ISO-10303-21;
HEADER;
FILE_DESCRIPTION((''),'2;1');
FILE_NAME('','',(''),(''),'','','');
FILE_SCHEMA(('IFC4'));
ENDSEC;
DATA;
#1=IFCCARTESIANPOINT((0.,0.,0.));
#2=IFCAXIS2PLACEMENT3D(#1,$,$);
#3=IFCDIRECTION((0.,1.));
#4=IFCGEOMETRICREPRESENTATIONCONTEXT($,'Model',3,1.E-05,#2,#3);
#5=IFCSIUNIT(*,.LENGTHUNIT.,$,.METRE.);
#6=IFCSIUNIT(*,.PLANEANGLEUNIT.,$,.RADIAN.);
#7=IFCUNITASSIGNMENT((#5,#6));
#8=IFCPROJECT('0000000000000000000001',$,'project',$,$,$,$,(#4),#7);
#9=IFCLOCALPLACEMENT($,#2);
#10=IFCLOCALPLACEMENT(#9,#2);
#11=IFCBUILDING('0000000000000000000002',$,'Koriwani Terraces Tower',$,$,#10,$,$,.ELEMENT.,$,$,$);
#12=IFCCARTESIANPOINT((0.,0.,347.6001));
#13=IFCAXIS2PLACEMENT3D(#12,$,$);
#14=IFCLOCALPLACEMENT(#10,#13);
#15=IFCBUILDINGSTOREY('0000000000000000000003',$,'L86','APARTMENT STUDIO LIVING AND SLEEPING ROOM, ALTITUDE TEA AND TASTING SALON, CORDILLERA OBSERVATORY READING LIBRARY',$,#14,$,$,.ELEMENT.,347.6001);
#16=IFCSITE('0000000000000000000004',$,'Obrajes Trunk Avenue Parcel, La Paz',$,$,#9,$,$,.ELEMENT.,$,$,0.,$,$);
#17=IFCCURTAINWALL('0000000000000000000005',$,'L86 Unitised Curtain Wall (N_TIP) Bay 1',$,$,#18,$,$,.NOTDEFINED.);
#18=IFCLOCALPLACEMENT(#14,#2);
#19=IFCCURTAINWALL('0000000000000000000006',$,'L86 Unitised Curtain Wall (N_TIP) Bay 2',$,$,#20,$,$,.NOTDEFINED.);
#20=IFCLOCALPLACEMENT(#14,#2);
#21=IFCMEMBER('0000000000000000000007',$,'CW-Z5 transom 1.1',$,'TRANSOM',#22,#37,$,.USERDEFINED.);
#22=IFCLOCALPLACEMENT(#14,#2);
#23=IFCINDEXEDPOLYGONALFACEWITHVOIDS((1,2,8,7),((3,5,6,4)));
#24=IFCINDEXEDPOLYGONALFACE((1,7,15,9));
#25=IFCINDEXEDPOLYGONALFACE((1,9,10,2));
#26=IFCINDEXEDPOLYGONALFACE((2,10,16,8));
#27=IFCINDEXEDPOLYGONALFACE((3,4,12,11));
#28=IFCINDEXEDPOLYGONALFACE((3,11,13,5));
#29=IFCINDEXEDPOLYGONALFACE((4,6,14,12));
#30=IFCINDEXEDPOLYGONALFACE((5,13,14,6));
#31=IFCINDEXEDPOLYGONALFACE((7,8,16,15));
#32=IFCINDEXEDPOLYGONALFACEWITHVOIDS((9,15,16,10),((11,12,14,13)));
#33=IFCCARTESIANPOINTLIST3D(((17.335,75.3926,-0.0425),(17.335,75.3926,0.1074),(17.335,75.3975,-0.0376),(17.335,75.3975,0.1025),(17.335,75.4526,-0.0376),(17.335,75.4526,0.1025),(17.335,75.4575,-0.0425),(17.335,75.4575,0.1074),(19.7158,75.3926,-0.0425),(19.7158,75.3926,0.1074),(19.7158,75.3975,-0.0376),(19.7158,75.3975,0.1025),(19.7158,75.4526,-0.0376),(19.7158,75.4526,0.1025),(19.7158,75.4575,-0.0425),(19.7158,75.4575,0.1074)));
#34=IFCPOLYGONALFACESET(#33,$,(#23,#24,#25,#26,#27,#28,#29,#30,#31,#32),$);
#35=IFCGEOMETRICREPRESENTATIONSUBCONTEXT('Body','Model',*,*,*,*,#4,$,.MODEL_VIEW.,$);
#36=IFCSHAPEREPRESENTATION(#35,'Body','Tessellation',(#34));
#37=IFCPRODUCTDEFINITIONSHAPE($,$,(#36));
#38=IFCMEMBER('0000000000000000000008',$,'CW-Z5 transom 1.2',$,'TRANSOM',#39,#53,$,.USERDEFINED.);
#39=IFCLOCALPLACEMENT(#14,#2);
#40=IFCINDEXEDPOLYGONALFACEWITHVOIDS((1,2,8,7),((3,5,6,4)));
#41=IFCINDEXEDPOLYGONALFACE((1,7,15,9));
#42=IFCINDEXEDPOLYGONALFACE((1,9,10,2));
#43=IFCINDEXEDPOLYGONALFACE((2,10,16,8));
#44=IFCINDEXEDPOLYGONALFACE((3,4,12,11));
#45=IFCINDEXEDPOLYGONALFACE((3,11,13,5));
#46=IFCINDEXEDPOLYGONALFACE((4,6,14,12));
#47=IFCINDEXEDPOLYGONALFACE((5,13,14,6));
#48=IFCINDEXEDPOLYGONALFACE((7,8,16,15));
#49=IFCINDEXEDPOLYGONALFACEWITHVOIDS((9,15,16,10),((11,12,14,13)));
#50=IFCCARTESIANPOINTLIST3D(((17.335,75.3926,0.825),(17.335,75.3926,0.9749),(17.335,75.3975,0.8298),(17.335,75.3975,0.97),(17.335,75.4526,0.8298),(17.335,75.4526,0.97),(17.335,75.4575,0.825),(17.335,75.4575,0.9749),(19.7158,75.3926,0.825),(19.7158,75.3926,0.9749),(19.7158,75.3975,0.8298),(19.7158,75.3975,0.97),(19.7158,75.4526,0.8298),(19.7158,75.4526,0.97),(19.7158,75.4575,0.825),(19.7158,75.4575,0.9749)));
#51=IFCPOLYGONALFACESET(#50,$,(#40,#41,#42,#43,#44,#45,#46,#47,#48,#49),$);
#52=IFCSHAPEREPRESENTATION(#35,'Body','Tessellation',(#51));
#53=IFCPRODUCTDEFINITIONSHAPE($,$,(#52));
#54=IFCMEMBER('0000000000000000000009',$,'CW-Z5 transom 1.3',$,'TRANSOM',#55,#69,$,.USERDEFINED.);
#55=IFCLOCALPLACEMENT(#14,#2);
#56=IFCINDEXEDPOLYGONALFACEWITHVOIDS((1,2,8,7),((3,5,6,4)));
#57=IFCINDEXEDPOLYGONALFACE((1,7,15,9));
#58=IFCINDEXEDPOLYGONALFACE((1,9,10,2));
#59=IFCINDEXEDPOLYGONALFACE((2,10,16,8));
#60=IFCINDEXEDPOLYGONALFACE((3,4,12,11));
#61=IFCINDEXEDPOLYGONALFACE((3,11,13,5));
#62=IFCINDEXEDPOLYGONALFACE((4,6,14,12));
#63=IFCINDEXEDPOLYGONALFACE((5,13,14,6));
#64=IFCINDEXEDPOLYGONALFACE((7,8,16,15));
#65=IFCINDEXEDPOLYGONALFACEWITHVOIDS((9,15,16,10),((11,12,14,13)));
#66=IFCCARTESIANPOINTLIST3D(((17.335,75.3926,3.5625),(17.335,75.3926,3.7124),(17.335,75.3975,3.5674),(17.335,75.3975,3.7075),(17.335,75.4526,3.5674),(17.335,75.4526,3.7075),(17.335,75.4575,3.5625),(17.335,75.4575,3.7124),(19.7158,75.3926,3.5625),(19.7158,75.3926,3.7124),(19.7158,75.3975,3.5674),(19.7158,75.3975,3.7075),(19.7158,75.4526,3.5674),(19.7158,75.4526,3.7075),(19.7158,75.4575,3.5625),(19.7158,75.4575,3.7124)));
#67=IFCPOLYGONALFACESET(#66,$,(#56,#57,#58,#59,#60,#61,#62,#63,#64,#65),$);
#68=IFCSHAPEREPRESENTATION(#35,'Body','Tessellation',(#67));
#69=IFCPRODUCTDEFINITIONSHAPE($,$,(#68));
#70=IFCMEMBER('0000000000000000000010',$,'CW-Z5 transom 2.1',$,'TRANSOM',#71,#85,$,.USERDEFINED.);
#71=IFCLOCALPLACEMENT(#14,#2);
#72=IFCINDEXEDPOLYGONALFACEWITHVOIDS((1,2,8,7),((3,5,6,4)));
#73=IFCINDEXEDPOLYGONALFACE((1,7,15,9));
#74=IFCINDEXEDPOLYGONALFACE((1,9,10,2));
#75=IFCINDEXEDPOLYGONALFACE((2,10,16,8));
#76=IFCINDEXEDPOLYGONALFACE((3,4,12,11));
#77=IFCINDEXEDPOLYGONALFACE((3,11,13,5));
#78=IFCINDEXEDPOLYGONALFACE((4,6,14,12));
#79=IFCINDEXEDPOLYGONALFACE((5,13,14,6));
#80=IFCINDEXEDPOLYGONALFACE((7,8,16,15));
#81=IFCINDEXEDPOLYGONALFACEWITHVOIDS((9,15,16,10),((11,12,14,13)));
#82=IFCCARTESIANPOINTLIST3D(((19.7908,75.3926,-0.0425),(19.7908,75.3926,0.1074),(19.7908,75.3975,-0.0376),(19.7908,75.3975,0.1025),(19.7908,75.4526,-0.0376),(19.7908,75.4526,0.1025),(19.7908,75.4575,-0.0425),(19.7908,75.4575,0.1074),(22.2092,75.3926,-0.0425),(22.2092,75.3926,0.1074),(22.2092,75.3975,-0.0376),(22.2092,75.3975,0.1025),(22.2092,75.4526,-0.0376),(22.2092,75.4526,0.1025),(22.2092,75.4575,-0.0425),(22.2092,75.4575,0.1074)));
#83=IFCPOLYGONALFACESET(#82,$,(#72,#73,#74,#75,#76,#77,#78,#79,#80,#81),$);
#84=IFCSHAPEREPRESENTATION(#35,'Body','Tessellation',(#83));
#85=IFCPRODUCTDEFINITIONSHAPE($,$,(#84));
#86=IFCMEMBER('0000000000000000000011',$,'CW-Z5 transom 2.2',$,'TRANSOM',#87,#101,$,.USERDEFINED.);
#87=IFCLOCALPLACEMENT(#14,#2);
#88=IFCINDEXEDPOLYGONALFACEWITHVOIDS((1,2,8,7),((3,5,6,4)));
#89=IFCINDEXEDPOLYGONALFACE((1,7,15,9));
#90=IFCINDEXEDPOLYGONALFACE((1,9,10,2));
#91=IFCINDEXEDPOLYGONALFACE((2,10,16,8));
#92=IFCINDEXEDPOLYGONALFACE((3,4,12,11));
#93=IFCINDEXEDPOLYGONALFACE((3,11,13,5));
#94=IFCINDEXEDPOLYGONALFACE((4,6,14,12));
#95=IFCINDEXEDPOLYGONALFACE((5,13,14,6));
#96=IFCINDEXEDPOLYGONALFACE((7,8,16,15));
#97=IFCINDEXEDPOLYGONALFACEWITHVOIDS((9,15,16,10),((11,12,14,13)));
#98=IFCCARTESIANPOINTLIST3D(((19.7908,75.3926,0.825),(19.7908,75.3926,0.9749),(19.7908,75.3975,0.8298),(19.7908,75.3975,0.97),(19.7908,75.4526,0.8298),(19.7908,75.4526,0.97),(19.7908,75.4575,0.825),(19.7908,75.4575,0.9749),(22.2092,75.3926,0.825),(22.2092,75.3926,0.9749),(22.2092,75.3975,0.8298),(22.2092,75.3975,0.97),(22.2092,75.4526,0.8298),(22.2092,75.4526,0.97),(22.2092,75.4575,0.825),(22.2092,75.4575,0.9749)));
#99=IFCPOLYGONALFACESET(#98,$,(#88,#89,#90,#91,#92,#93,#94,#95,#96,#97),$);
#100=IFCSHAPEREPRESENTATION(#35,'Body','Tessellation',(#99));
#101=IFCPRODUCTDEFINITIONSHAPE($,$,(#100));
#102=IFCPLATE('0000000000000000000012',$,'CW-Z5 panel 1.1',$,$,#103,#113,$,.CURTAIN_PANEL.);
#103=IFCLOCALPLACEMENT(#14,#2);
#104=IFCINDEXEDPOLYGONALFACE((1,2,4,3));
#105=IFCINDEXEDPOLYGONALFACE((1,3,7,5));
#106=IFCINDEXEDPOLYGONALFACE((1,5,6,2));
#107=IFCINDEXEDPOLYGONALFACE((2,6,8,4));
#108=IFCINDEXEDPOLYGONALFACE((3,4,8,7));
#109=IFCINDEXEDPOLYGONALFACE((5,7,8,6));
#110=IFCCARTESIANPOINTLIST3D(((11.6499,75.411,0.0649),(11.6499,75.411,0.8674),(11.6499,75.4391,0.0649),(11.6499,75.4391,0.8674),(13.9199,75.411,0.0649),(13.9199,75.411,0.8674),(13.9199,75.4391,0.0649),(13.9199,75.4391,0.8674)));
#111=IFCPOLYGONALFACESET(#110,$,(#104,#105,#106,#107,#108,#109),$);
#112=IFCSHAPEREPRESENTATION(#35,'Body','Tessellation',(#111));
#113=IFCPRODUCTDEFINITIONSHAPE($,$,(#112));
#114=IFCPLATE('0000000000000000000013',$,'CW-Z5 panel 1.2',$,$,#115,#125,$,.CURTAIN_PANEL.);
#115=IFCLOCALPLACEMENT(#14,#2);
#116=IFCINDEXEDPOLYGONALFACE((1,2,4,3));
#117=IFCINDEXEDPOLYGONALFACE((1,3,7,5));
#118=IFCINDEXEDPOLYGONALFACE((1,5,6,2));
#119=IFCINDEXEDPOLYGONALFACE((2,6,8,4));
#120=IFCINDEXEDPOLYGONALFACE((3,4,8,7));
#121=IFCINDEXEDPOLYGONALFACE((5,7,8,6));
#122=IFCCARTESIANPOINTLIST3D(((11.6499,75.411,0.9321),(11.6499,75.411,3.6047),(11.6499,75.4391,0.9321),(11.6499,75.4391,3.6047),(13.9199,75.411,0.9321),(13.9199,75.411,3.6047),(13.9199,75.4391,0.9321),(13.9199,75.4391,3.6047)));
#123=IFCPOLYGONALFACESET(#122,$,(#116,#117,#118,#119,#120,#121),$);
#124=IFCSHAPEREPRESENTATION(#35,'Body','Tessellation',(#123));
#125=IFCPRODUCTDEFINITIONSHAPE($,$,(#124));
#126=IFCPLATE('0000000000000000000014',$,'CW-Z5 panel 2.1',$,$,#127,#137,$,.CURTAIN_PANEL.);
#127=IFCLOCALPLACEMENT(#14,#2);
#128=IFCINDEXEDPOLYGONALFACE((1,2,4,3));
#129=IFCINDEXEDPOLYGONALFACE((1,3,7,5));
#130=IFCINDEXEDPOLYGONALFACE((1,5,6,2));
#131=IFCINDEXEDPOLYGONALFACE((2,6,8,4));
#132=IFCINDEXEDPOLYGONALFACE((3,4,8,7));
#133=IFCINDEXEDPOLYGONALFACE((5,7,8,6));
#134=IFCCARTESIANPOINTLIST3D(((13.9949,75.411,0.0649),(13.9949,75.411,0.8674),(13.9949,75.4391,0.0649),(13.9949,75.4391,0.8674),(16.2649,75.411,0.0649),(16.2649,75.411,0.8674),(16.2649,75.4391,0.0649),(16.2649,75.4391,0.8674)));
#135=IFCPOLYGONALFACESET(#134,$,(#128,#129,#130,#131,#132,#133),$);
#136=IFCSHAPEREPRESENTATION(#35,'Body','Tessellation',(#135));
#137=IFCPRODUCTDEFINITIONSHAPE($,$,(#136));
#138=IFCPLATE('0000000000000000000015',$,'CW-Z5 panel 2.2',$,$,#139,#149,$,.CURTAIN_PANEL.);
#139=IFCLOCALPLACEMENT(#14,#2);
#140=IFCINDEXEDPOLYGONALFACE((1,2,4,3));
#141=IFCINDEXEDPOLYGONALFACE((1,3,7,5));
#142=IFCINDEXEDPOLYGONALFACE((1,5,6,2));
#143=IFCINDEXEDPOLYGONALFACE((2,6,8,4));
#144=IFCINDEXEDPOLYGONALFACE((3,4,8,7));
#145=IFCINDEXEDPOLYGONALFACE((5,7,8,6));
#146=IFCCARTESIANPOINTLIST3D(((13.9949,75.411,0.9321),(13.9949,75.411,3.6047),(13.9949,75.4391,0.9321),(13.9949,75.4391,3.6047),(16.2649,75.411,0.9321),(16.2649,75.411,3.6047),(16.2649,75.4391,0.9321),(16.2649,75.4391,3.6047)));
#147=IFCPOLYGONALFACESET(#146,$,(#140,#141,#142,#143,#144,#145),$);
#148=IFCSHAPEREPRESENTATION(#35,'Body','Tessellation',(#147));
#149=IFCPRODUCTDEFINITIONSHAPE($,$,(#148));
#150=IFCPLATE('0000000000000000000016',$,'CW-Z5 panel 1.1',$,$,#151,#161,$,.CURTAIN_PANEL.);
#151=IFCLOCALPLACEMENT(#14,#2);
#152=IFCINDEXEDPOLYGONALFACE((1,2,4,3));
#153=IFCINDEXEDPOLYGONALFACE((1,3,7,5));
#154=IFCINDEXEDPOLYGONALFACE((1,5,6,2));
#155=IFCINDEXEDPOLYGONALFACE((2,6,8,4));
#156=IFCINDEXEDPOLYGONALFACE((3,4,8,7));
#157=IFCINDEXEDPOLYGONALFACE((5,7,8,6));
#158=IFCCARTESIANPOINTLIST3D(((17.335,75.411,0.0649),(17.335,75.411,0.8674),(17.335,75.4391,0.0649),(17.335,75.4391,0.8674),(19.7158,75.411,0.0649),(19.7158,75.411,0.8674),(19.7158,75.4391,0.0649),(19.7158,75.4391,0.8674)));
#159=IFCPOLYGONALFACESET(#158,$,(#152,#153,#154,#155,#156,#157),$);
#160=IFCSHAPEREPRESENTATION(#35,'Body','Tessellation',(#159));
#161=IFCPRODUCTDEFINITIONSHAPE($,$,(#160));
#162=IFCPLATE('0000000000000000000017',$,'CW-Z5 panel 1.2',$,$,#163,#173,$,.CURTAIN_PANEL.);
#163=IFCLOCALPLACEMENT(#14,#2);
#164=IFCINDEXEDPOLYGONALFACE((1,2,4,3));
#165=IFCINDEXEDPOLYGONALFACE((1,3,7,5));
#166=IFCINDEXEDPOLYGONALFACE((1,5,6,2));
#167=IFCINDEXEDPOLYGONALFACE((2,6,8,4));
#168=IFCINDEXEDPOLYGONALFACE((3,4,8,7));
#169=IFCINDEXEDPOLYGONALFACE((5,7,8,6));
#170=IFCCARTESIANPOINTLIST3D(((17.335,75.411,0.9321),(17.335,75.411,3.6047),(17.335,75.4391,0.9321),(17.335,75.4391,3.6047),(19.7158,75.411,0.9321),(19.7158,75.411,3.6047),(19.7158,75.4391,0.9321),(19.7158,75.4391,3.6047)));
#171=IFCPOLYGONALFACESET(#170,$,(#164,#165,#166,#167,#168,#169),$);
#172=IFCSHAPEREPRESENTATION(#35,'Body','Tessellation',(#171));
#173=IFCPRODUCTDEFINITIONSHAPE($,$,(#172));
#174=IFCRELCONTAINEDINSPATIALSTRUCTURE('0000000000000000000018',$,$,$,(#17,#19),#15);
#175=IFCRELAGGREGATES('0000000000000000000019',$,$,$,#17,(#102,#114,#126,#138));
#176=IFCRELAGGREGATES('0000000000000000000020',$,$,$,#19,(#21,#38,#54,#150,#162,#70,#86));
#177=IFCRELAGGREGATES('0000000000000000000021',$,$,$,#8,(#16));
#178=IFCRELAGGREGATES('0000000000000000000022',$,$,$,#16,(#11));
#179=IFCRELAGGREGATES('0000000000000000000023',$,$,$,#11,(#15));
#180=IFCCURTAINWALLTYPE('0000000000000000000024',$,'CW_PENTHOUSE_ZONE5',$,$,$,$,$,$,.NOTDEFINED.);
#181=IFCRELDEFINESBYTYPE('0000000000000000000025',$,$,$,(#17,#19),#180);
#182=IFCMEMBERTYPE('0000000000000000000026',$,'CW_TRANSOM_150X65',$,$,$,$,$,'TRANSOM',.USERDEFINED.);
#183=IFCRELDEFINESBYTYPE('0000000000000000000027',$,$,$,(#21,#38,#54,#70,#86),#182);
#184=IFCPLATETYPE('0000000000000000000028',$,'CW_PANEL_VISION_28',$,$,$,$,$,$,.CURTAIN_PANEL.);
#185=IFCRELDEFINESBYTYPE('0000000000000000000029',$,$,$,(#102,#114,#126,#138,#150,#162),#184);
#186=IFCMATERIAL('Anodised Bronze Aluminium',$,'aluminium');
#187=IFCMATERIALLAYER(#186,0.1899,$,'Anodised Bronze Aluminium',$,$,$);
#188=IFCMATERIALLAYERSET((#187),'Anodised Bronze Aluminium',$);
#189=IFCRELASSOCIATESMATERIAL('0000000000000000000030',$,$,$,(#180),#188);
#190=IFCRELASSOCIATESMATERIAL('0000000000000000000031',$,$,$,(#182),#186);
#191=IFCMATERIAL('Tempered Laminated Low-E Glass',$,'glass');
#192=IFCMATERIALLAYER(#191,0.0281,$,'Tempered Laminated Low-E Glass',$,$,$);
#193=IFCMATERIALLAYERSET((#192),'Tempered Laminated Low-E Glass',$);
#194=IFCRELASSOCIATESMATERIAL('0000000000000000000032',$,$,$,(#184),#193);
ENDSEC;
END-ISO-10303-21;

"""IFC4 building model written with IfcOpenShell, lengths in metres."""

from ifc_helpers import new_model, si_unit, direction, frame, origin, origin_2d, place, context, subcontext, project, spatial, rectangle, hollow_rectangle, extrude, material, layer, layer_set, material_profile, profile_set, type_object, element, aggregate, save


model = new_model("IFC4")

# Units and contexts
model_context = context("Model", 3, precision=1e-05, world=origin(), true_north=direction((0.0, 1.0)))
body_context = subcontext(model_context, "Body", "Model", "MODEL_VIEW")
ifc_project = project(units=[si_unit("LENGTHUNIT", "METRE"), si_unit("PLANEANGLEUNIT", "RADIAN")], contexts=[model_context])

# Site, building, storey
site_placement = place(None, origin())
site = spatial("IfcSite", under=ifc_project, at=site_placement, Name="Obrajes Trunk Avenue Parcel, La Paz", CompositionType="ELEMENT", RefElevation=0.0)
building_placement = place(site_placement, origin())
building = spatial("IfcBuilding", under=site, at=building_placement, Name="Koriwani Terraces Tower", CompositionType="ELEMENT")
storey_placement = place(building_placement, frame((0.0, 0.0, 347.6001)))
storey = spatial("IfcBuildingStorey", under=building, at=storey_placement, Name="L86", Description="APARTMENT STUDIO LIVING AND SLEEPING ROOM, ALTITUDE TEA AND TASTING SALON, CORDILLERA OBSERVATORY READING LIBRARY", CompositionType="ELEMENT", Elevation=347.6001)

# Curtain walls
ifc_material_1 = material(Name="Anodised Bronze Aluminium", Category="aluminium")
ifc_layer_1 = layer(ifc_material_1, 0.1899, Name="Anodised Bronze Aluminium")
ifc_layer_set_1 = layer_set([ifc_layer_1], Name="Anodised Bronze Aluminium")
curtain_wall_type = type_object("IfcCurtainWallType", Name="CW_PENTHOUSE_ZONE5", PredefinedType="NOTDEFINED", material=ifc_layer_set_1)
curtain_wall_1_placement = place(storey_placement, origin())
curtain_wall_1 = element("IfcCurtainWall", 1, at=curtain_wall_1_placement, inside=storey, type_object=curtain_wall_type, Name="L86 Unitised Curtain Wall (N_TIP) Bay 1", PredefinedType="NOTDEFINED")
curtain_wall_2_placement = place(storey_placement, origin())
curtain_wall_2 = element("IfcCurtainWall", 2, at=curtain_wall_2_placement, inside=storey, type_object=curtain_wall_type, Name="L86 Unitised Curtain Wall (N_TIP) Bay 2", PredefinedType="NOTDEFINED")

# Members
ifc_material_profile_1 = material_profile(ifc_material_1, hollow_rectangle(XDim=0.0649, YDim=0.1499, WallThickness=0.0049, at=origin_2d()), Name="Anodised Bronze Aluminium", Category="LoadBearing")
ifc_profile_set_1 = profile_set([ifc_material_profile_1], Name="Anodised Bronze Aluminium")
member_type_1 = type_object("IfcMemberType", Name="CW_TRANSOM_150X65", ElementType="TRANSOM", PredefinedType="USERDEFINED", material=ifc_profile_set_1)
member_1_placement = place(storey_placement, frame((17.335, 75.425, 0.0325), z_axis=(1.0, 0.0, 0.0), x_axis=(0.0, 1.0, 0.0)))
member_1 = element("IfcMember", 3, at=member_1_placement, type_object=member_type_1, Name="CW-Z5 transom 1.1", ObjectType="TRANSOM", PredefinedType="USERDEFINED", context=body_context, shape_type="SweptSolid", body=[
    extrude(hollow_rectangle(XDim=0.0649, YDim=0.1499, WallThickness=0.0049, at=origin_2d()), origin(), (0.0, 0.0, 1.0), 2.3809),
])
member_2_placement = place(storey_placement, frame((17.335, 75.425, 0.8999), z_axis=(1.0, 0.0, 0.0), x_axis=(0.0, 1.0, 0.0)))
member_2 = element("IfcMember", 4, at=member_2_placement, type_object=member_type_1, Name="CW-Z5 transom 1.2", ObjectType="TRANSOM", PredefinedType="USERDEFINED", context=body_context, shape_type="SweptSolid", body=[
    extrude(hollow_rectangle(XDim=0.0649, YDim=0.1499, WallThickness=0.0049, at=origin_2d()), origin(), (0.0, 0.0, 1.0), 2.3809),
])
member_3_placement = place(storey_placement, frame((17.335, 75.425, 3.6375), z_axis=(1.0, 0.0, 0.0), x_axis=(0.0, 1.0, 0.0)))
member_3 = element("IfcMember", 5, at=member_3_placement, type_object=member_type_1, Name="CW-Z5 transom 1.3", ObjectType="TRANSOM", PredefinedType="USERDEFINED", context=body_context, shape_type="SweptSolid", body=[
    extrude(hollow_rectangle(XDim=0.0649, YDim=0.1499, WallThickness=0.0049, at=origin_2d()), origin(), (0.0, 0.0, 1.0), 2.3809),
])
member_4_placement = place(storey_placement, frame((19.7908, 75.425, 0.0325), z_axis=(1.0, 0.0, 0.0), x_axis=(0.0, 1.0, 0.0)))
member_4 = element("IfcMember", 6, at=member_4_placement, type_object=member_type_1, Name="CW-Z5 transom 2.1", ObjectType="TRANSOM", PredefinedType="USERDEFINED", context=body_context, shape_type="SweptSolid", body=[
    extrude(hollow_rectangle(XDim=0.0649, YDim=0.1499, WallThickness=0.0049, at=origin_2d()), origin(), (0.0, 0.0, 1.0), 2.4185),
])
member_5_placement = place(storey_placement, frame((19.7908, 75.425, 0.8999), z_axis=(1.0, 0.0, 0.0), x_axis=(0.0, 1.0, 0.0)))
member_5 = element("IfcMember", 7, at=member_5_placement, type_object=member_type_1, Name="CW-Z5 transom 2.2", ObjectType="TRANSOM", PredefinedType="USERDEFINED", context=body_context, shape_type="SweptSolid", body=[
    extrude(hollow_rectangle(XDim=0.0649, YDim=0.1499, WallThickness=0.0049, at=origin_2d()), origin(), (0.0, 0.0, 1.0), 2.4185),
])

# Plates
ifc_material_2 = material(Name="Tempered Laminated Low-E Glass", Category="glass")
ifc_layer_2 = layer(ifc_material_2, 0.0281, Name="Tempered Laminated Low-E Glass")
ifc_layer_set_2 = layer_set([ifc_layer_2], Name="Tempered Laminated Low-E Glass")
plate_type = type_object("IfcPlateType", Name="CW_PANEL_VISION_28", PredefinedType="CURTAIN_PANEL", material=ifc_layer_set_2)
plate_1_placement = place(storey_placement, frame((12.7849, 75.425, 0.0649), z_axis=(0.0, 0.0, 1.0), x_axis=(1.0, 0.0, 0.0)))
plate_1 = element("IfcPlate", 8, at=plate_1_placement, type_object=plate_type, Name="CW-Z5 panel 1.1", PredefinedType="CURTAIN_PANEL", context=body_context, shape_type="SweptSolid", body=[
    extrude(rectangle(XDim=2.27, YDim=0.0281, at=origin_2d()), origin(), (0.0, 0.0, 1.0), 0.8025),
])
plate_2_placement = place(storey_placement, frame((12.7849, 75.425, 0.9321), z_axis=(0.0, 0.0, 1.0), x_axis=(1.0, 0.0, 0.0)))
plate_2 = element("IfcPlate", 9, at=plate_2_placement, type_object=plate_type, Name="CW-Z5 panel 1.2", PredefinedType="CURTAIN_PANEL", context=body_context, shape_type="SweptSolid", body=[
    extrude(rectangle(XDim=2.27, YDim=0.0281, at=origin_2d()), origin(), (0.0, 0.0, 1.0), 2.6726),
])
plate_3_placement = place(storey_placement, frame((15.1299, 75.425, 0.0649), z_axis=(0.0, 0.0, 1.0), x_axis=(1.0, 0.0, 0.0)))
plate_3 = element("IfcPlate", 10, at=plate_3_placement, type_object=plate_type, Name="CW-Z5 panel 2.1", PredefinedType="CURTAIN_PANEL", context=body_context, shape_type="SweptSolid", body=[
    extrude(rectangle(XDim=2.27, YDim=0.0281, at=origin_2d()), origin(), (0.0, 0.0, 1.0), 0.8025),
])
plate_4_placement = place(storey_placement, frame((15.1299, 75.425, 0.9321), z_axis=(0.0, 0.0, 1.0), x_axis=(1.0, 0.0, 0.0)))
plate_4 = element("IfcPlate", 11, at=plate_4_placement, type_object=plate_type, Name="CW-Z5 panel 2.2", PredefinedType="CURTAIN_PANEL", context=body_context, shape_type="SweptSolid", body=[
    extrude(rectangle(XDim=2.27, YDim=0.0281, at=origin_2d()), origin(), (0.0, 0.0, 1.0), 2.6726),
])
aggregate(curtain_wall_1, [plate_1, plate_2, plate_3, plate_4])
plate_5_placement = place(storey_placement, frame((18.5254, 75.425, 0.0649), z_axis=(0.0, 0.0, 1.0), x_axis=(1.0, 0.0, 0.0)))
plate_5 = element("IfcPlate", 12, at=plate_5_placement, type_object=plate_type, Name="CW-Z5 panel 1.1", PredefinedType="CURTAIN_PANEL", context=body_context, shape_type="SweptSolid", body=[
    extrude(rectangle(XDim=2.3809, YDim=0.0281, at=origin_2d()), origin(), (0.0, 0.0, 1.0), 0.8025),
])
plate_6_placement = place(storey_placement, frame((18.5254, 75.425, 0.9321), z_axis=(0.0, 0.0, 1.0), x_axis=(1.0, 0.0, 0.0)))
plate_6 = element("IfcPlate", 13, at=plate_6_placement, type_object=plate_type, Name="CW-Z5 panel 1.2", PredefinedType="CURTAIN_PANEL", context=body_context, shape_type="SweptSolid", body=[
    extrude(rectangle(XDim=2.3809, YDim=0.0281, at=origin_2d()), origin(), (0.0, 0.0, 1.0), 2.6726),
])
aggregate(curtain_wall_2, [member_1, member_2, member_3, plate_5, plate_6, member_4, member_5])

save(model, "model.ifc")
